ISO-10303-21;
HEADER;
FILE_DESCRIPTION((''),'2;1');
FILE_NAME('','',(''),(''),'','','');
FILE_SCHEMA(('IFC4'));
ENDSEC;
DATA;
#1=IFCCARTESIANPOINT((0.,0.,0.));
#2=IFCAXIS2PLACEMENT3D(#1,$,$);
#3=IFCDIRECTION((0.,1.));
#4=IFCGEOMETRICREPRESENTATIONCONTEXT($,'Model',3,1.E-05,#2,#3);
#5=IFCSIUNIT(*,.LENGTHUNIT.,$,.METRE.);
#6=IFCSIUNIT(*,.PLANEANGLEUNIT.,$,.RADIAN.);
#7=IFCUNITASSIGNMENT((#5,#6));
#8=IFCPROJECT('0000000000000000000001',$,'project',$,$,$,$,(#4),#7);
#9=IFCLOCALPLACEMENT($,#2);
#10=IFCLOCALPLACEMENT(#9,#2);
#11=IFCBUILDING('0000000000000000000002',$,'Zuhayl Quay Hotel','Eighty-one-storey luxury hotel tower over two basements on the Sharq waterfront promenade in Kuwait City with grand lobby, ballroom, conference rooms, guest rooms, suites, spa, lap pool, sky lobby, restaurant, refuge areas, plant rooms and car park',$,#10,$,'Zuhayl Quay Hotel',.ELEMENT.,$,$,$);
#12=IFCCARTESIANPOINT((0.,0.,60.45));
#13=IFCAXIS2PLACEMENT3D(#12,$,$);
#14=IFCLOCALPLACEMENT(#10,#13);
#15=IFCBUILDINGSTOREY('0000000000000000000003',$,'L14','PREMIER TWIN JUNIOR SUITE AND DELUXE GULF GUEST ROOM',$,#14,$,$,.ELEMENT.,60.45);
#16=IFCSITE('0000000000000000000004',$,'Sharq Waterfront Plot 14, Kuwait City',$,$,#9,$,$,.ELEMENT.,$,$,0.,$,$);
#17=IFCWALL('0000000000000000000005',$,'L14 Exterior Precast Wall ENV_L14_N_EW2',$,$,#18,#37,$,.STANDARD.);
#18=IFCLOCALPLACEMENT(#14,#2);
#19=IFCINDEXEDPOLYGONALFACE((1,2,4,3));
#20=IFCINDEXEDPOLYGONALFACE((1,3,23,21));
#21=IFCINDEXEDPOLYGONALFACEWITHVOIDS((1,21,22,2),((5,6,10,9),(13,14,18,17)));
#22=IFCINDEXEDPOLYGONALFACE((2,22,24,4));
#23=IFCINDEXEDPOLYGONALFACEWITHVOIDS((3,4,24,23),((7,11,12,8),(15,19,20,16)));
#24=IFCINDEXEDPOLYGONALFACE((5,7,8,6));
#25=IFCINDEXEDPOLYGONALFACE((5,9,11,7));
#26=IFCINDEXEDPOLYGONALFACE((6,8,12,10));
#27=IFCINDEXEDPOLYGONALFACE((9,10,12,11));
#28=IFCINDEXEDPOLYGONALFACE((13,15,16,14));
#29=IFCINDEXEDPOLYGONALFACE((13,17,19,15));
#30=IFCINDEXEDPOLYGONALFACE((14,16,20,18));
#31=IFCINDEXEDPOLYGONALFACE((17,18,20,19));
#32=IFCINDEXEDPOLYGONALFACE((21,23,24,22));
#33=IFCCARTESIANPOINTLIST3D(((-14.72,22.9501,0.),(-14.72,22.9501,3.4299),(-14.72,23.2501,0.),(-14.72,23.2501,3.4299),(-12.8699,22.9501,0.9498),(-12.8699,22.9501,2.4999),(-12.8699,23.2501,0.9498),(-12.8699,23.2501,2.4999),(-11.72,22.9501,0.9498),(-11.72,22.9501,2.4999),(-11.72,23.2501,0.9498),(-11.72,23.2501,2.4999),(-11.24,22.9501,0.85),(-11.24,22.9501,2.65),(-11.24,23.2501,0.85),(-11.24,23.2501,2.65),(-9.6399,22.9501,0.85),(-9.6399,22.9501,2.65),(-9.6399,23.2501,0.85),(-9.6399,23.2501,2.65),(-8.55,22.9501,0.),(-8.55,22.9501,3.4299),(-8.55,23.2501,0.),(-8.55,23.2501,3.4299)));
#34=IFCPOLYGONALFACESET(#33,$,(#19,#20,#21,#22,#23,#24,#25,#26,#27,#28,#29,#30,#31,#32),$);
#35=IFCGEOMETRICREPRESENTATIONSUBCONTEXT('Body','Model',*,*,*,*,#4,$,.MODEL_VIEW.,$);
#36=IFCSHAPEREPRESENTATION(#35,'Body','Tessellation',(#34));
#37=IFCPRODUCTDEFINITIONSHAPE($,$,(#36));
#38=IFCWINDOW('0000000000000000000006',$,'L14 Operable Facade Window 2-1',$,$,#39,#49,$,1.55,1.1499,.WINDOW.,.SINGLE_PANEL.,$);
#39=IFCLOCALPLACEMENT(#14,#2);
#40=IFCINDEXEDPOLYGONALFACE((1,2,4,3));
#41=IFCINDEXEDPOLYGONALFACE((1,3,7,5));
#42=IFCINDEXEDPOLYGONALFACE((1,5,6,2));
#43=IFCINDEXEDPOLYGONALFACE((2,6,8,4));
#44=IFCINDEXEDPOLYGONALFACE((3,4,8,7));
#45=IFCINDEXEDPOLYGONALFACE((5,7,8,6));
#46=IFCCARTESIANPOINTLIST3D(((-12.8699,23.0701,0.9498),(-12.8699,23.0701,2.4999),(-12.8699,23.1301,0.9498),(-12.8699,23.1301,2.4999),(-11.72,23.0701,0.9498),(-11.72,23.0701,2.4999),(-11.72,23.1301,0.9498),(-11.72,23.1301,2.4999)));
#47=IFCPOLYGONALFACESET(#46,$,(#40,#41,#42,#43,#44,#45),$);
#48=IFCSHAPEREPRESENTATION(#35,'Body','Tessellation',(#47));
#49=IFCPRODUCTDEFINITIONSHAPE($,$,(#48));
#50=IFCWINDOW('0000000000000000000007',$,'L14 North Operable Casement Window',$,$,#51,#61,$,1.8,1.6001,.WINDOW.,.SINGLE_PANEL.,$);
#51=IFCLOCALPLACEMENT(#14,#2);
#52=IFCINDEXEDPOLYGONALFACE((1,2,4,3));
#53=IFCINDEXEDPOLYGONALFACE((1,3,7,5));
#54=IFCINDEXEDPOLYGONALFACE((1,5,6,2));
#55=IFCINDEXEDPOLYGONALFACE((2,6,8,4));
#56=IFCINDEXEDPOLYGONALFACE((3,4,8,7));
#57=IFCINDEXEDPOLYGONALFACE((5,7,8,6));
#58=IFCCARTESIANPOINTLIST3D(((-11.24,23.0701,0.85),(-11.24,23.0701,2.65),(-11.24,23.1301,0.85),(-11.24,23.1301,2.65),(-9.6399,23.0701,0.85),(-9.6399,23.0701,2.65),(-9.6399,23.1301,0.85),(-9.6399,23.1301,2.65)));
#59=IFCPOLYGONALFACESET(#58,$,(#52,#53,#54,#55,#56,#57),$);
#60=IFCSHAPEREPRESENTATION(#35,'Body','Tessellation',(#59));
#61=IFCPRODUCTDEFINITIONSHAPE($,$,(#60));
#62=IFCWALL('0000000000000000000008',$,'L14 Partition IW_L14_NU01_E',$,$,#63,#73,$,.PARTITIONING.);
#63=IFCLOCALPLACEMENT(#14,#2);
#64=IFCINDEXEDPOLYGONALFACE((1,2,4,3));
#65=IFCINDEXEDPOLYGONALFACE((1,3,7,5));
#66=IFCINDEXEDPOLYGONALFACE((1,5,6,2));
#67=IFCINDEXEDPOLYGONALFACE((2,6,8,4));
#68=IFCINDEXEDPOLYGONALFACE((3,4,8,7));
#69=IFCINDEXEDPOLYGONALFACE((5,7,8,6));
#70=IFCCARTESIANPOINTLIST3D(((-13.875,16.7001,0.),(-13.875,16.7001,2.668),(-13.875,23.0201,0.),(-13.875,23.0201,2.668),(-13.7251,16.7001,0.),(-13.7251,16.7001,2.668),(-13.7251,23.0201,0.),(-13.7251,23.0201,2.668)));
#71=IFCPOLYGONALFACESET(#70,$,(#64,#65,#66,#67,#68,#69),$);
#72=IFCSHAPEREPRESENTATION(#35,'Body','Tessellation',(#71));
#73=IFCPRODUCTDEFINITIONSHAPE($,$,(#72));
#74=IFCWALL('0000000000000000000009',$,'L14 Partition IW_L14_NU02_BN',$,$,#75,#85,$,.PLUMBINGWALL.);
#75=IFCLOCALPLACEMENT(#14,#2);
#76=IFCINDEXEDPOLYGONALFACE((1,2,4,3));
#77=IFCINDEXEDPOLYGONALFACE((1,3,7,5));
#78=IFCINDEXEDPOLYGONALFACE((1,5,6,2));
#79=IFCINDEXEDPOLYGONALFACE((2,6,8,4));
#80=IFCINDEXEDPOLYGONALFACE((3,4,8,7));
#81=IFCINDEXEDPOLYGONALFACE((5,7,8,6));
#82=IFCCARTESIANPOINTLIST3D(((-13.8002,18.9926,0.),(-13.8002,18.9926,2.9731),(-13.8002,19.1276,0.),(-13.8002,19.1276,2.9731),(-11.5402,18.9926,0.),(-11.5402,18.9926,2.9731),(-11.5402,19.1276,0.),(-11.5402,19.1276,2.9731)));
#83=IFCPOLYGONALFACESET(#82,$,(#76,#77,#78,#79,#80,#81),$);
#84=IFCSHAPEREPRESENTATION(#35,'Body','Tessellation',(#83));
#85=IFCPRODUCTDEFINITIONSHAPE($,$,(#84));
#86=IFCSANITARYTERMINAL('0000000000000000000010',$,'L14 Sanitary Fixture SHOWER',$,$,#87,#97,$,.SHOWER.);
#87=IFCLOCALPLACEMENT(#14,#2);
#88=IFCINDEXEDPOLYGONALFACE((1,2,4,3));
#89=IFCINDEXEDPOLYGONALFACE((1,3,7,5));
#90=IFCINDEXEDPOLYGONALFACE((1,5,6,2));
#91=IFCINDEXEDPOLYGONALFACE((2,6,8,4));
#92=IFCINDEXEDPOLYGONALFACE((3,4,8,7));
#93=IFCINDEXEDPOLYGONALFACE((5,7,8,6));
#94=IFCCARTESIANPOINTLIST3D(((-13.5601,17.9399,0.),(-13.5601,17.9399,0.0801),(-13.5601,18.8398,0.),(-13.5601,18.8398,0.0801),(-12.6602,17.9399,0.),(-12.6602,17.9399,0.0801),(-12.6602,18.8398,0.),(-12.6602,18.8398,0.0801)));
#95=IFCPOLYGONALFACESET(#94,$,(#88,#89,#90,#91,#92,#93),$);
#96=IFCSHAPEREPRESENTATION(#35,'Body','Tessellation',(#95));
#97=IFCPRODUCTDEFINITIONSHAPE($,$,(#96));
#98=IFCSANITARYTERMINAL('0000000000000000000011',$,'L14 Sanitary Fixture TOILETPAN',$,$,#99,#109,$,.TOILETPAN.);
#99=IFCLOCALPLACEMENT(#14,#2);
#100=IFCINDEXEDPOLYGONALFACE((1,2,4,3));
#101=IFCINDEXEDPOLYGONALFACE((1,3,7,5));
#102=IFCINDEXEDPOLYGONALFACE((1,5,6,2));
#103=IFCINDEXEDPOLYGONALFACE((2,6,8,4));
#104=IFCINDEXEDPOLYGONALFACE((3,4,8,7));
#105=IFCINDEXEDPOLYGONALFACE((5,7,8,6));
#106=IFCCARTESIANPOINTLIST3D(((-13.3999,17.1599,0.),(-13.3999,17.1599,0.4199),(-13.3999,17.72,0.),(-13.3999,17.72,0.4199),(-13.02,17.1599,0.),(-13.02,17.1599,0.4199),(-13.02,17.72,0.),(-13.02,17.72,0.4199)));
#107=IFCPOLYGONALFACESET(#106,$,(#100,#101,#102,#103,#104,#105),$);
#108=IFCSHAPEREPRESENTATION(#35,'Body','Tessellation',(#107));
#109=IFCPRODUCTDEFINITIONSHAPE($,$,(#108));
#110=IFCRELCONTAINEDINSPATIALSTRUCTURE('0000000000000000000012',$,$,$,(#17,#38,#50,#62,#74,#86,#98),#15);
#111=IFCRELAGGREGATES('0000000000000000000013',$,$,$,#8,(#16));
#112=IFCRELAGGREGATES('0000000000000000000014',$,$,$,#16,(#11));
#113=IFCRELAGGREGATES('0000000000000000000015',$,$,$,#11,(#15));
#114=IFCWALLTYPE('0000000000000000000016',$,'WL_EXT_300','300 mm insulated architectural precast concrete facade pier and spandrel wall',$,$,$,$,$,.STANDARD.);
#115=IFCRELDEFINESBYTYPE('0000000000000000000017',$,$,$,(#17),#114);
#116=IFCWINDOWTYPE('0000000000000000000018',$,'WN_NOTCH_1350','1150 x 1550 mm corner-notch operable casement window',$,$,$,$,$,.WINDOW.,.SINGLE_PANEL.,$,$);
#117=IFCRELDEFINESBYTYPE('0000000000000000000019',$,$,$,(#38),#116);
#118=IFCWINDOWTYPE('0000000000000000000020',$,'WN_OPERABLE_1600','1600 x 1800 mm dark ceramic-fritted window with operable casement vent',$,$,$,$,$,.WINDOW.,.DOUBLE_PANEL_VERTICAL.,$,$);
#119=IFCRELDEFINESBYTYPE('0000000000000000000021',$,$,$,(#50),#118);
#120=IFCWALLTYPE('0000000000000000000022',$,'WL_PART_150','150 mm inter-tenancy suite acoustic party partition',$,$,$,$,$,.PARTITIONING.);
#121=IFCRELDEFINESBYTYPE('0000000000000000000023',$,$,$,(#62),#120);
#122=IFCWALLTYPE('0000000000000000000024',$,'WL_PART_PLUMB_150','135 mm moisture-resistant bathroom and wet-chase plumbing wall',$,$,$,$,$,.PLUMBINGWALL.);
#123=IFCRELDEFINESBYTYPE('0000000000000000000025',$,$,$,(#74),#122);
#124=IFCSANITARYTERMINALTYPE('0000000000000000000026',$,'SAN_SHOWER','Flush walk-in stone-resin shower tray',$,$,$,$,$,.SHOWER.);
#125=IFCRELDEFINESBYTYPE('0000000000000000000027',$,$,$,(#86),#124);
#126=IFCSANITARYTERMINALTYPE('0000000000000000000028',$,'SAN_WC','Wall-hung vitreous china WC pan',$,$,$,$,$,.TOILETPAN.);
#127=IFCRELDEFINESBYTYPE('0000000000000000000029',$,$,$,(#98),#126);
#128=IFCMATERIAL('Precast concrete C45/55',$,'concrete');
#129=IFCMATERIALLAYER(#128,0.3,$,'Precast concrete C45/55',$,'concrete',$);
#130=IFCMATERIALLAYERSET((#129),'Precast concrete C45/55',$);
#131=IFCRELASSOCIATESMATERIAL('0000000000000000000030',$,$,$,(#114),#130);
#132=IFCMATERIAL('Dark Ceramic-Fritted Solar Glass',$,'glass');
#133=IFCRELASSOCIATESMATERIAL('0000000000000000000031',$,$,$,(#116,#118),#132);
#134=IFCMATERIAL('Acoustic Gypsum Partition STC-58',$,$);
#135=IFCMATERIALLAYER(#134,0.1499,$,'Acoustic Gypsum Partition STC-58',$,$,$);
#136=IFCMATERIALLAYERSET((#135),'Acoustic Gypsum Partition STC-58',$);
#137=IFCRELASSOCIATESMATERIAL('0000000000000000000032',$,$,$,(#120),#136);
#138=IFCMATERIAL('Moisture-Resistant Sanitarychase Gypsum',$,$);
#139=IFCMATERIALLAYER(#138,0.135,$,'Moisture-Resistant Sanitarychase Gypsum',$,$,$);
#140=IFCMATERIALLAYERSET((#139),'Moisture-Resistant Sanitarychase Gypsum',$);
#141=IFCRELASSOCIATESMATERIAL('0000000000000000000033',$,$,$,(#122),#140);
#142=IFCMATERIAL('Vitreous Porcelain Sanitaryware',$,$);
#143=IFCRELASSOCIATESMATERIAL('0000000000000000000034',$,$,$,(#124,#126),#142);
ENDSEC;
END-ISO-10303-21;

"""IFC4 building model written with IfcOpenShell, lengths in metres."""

from ifc_helpers import new_model, si_unit, direction, frame, frame_2d, origin, origin_2d, place, context, subcontext, project, spatial, rectangle, extrude, material, layer, layer_set, type_object, element, fill, save


model = new_model("IFC4")

# Units and contexts
model_context = context("Model", 3, precision=1e-05, world=origin(), true_north=direction((0.0, 1.0)))
body_context = subcontext(model_context, "Body", "Model", "MODEL_VIEW")
ifc_project = project(units=[si_unit("LENGTHUNIT", "METRE"), si_unit("PLANEANGLEUNIT", "RADIAN")], contexts=[model_context])

# Site, building, storey
site_placement = place(None, origin())
site = spatial("IfcSite", under=ifc_project, at=site_placement, Name="Sharq Waterfront Plot 14, Kuwait City", CompositionType="ELEMENT", RefElevation=0.0)
building_placement = place(site_placement, origin())
building = spatial("IfcBuilding", under=site, at=building_placement, Name="Zuhayl Quay Hotel", Description="Eighty-one-storey luxury hotel tower over two basements on the Sharq waterfront promenade in Kuwait City with grand lobby, ballroom, conference rooms, guest rooms, suites, spa, lap pool, sky lobby, restaurant, refuge areas, plant rooms and car park", LongName="Zuhayl Quay Hotel", CompositionType="ELEMENT")
storey_placement = place(building_placement, frame((0.0, 0.0, 60.45)))
storey = spatial("IfcBuildingStorey", under=building, at=storey_placement, Name="L14", Description="PREMIER TWIN JUNIOR SUITE AND DELUXE GULF GUEST ROOM", CompositionType="ELEMENT", Elevation=60.45)

# Shared definitions
ifc_material_1 = material(Name="Dark Ceramic-Fritted Solar Glass", Category="glass")

# Wall, openings, windows
ifc_material_2 = material(Name="Precast concrete C45/55", Category="concrete")
ifc_layer_1 = layer(ifc_material_2, 0.3, Name="Precast concrete C45/55", Category="concrete")
ifc_layer_set_1 = layer_set([ifc_layer_1], Name="Precast concrete C45/55")
wall_type_1 = type_object("IfcWallType", Name="WL_EXT_300", Description="300 mm insulated architectural precast concrete facade pier and spandrel wall", PredefinedType="STANDARD", material=ifc_layer_set_1)
wall_1_placement = place(storey_placement, frame((-14.72, 23.1001, 0.0), z_axis=(0.0, 0.0, 1.0), x_axis=(1.0, 0.0, 0.0)))
wall_1 = element("IfcWall", 1, at=wall_1_placement, inside=storey, type_object=wall_type_1, Name="L14 Exterior Precast Wall ENV_L14_N_EW2", PredefinedType="STANDARD", context=body_context, shape_type="SweptSolid", body=[
    extrude(rectangle(XDim=6.1699, YDim=0.3, at=frame_2d((3.085, 0.0))), origin(), (0.0, 0.0, 1.0), 3.4299),
])
opening_1_placement = place(wall_1_placement, frame((3.48, 0.0, 0.8501)))
opening_1 = element("IfcOpeningElement", 2, at=opening_1_placement, cuts=wall_1, PredefinedType="OPENING", context=body_context, shape_type="SweptSolid", body=[
    extrude(rectangle(XDim=1.6001, YDim=1.8, at=frame_2d((0.8, 0.8999))), frame((0.0, 0.1599, 0.0), z_axis=(0.0, -1.0, 0.0), x_axis=(1.0, 0.0, 0.0)), (0.0, 0.0, 1.0), 0.3201),
])
opening_2_placement = place(wall_1_placement, frame((1.8501, 0.0, 0.95)))
opening_2 = element("IfcOpeningElement", 3, at=opening_2_placement, cuts=wall_1, PredefinedType="OPENING", context=body_context, shape_type="SweptSolid", body=[
    extrude(rectangle(XDim=1.1499, YDim=1.55, at=frame_2d((0.575, 0.7749))), frame((0.0, 0.1599, 0.0), z_axis=(0.0, -1.0, 0.0), x_axis=(1.0, 0.0, 0.0)), (0.0, 0.0, 1.0), 0.3201),
])
window_type_1 = type_object("IfcWindowType", Name="WN_NOTCH_1350", Description="1150 x 1550 mm corner-notch operable casement window", PartitioningType="SINGLE_PANEL", PredefinedType="WINDOW", material=ifc_material_1)
window_1_placement = place(opening_2_placement, origin())
window_1 = element("IfcWindow", 4, at=window_1_placement, inside=storey, type_object=window_type_1, Name="L14 Operable Facade Window 2-1", OverallHeight=1.55, OverallWidth=1.1499, PartitioningType="SINGLE_PANEL", PredefinedType="WINDOW", context=body_context, shape_type="SweptSolid", body=[
    extrude(rectangle(XDim=1.1499, YDim=1.55, at=frame_2d((0.575, 0.7749))), frame((0.0, 0.03, 0.0), z_axis=(0.0, -1.0, 0.0), x_axis=(1.0, 0.0, 0.0)), (0.0, 0.0, 1.0), 0.0601),
])
fill(opening_2, window_1)
window_type_2 = type_object("IfcWindowType", Name="WN_OPERABLE_1600", Description="1600 x 1800 mm dark ceramic-fritted window with operable casement vent", PartitioningType="DOUBLE_PANEL_VERTICAL", PredefinedType="WINDOW", material=ifc_material_1)
window_2_placement = place(opening_1_placement, origin())
window_2 = element("IfcWindow", 5, at=window_2_placement, inside=storey, type_object=window_type_2, Name="L14 North Operable Casement Window", OverallHeight=1.8, OverallWidth=1.6001, PartitioningType="SINGLE_PANEL", PredefinedType="WINDOW", context=body_context, shape_type="SweptSolid", body=[
    extrude(rectangle(XDim=1.6001, YDim=1.8, at=frame_2d((0.8, 0.8999))), frame((0.0, 0.03, 0.0), z_axis=(0.0, -1.0, 0.0), x_axis=(1.0, 0.0, 0.0)), (0.0, 0.0, 1.0), 0.0601),
])
fill(opening_1, window_2)

# Wall
ifc_material_3 = material(Name="Acoustic Gypsum Partition STC-58")
ifc_layer_2 = layer(ifc_material_3, 0.1499, Name="Acoustic Gypsum Partition STC-58")
ifc_layer_set_2 = layer_set([ifc_layer_2], Name="Acoustic Gypsum Partition STC-58")
wall_type_2 = type_object("IfcWallType", Name="WL_PART_150", Description="150 mm inter-tenancy suite acoustic party partition", PredefinedType="PARTITIONING", material=ifc_layer_set_2)
wall_2_placement = place(storey_placement, frame((-13.8, 16.7, 0.0), z_axis=(0.0, 0.0, 1.0), x_axis=(0.0, 1.0, 0.0)))
element("IfcWall", 6, at=wall_2_placement, inside=storey, type_object=wall_type_2, Name="L14 Partition IW_L14_NU01_E", PredefinedType="PARTITIONING", context=body_context, shape_type="SweptSolid", body=[
    extrude(rectangle(XDim=6.3201, YDim=0.1499, at=frame_2d((3.1602, 0.0))), origin(), (0.0, 0.0, 1.0), 2.668),
])

# Wall
ifc_material_4 = material(Name="Moisture-Resistant Sanitarychase Gypsum")
ifc_layer_3 = layer(ifc_material_4, 0.135, Name="Moisture-Resistant Sanitarychase Gypsum")
ifc_layer_set_3 = layer_set([ifc_layer_3], Name="Moisture-Resistant Sanitarychase Gypsum")
wall_type_3 = type_object("IfcWallType", Name="WL_PART_PLUMB_150", Description="135 mm moisture-resistant bathroom and wet-chase plumbing wall", PredefinedType="PLUMBINGWALL", material=ifc_layer_set_3)
wall_3_placement = place(storey_placement, frame((-13.8, 19.0601, 0.0), z_axis=(0.0, 0.0, 1.0), x_axis=(1.0, 0.0, 0.0)))
element("IfcWall", 7, at=wall_3_placement, inside=storey, type_object=wall_type_3, Name="L14 Partition IW_L14_NU02_BN", PredefinedType="PLUMBINGWALL", context=body_context, shape_type="SweptSolid", body=[
    extrude(rectangle(XDim=2.26, YDim=0.135, at=frame_2d((1.1299, 0.0))), origin(), (0.0, 0.0, 1.0), 2.9731),
])

# Sanitary terminals
ifc_material_5 = material(Name="Vitreous Porcelain Sanitaryware")
sanitary_terminal_type_1 = type_object("IfcSanitaryTerminalType", Name="SAN_SHOWER", Description="Flush walk-in stone-resin shower tray", PredefinedType="SHOWER", material=ifc_material_5)
sanitary_terminal_1_placement = place(storey_placement, frame((-13.1101, 18.3899, 0.0), z_axis=(0.0, 0.0, 1.0), x_axis=(1.0, 0.0, 0.0)))
element("IfcSanitaryTerminal", 8, at=sanitary_terminal_1_placement, inside=storey, type_object=sanitary_terminal_type_1, Name="L14 Sanitary Fixture SHOWER", PredefinedType="SHOWER", context=body_context, shape_type="SweptSolid", body=[
    extrude(rectangle(XDim=0.8999, YDim=0.8999, at=origin_2d()), origin(), (0.0, 0.0, 1.0), 0.0801),
])
sanitary_terminal_type_2 = type_object("IfcSanitaryTerminalType", Name="SAN_WC", Description="Wall-hung vitreous china WC pan", PredefinedType="TOILETPAN", material=ifc_material_5)
sanitary_terminal_2_placement = place(storey_placement, frame((-13.21, 17.4399, 0.0), z_axis=(0.0, 0.0, 1.0), x_axis=(1.0, 0.0, 0.0)))
element("IfcSanitaryTerminal", 9, at=sanitary_terminal_2_placement, inside=storey, type_object=sanitary_terminal_type_2, Name="L14 Sanitary Fixture TOILETPAN", PredefinedType="TOILETPAN", context=body_context, shape_type="SweptSolid", body=[
    extrude(rectangle(XDim=0.3799, YDim=0.5601, at=origin_2d()), origin(), (0.0, 0.0, 1.0), 0.4199),
])

save(model, "model.ifc")
